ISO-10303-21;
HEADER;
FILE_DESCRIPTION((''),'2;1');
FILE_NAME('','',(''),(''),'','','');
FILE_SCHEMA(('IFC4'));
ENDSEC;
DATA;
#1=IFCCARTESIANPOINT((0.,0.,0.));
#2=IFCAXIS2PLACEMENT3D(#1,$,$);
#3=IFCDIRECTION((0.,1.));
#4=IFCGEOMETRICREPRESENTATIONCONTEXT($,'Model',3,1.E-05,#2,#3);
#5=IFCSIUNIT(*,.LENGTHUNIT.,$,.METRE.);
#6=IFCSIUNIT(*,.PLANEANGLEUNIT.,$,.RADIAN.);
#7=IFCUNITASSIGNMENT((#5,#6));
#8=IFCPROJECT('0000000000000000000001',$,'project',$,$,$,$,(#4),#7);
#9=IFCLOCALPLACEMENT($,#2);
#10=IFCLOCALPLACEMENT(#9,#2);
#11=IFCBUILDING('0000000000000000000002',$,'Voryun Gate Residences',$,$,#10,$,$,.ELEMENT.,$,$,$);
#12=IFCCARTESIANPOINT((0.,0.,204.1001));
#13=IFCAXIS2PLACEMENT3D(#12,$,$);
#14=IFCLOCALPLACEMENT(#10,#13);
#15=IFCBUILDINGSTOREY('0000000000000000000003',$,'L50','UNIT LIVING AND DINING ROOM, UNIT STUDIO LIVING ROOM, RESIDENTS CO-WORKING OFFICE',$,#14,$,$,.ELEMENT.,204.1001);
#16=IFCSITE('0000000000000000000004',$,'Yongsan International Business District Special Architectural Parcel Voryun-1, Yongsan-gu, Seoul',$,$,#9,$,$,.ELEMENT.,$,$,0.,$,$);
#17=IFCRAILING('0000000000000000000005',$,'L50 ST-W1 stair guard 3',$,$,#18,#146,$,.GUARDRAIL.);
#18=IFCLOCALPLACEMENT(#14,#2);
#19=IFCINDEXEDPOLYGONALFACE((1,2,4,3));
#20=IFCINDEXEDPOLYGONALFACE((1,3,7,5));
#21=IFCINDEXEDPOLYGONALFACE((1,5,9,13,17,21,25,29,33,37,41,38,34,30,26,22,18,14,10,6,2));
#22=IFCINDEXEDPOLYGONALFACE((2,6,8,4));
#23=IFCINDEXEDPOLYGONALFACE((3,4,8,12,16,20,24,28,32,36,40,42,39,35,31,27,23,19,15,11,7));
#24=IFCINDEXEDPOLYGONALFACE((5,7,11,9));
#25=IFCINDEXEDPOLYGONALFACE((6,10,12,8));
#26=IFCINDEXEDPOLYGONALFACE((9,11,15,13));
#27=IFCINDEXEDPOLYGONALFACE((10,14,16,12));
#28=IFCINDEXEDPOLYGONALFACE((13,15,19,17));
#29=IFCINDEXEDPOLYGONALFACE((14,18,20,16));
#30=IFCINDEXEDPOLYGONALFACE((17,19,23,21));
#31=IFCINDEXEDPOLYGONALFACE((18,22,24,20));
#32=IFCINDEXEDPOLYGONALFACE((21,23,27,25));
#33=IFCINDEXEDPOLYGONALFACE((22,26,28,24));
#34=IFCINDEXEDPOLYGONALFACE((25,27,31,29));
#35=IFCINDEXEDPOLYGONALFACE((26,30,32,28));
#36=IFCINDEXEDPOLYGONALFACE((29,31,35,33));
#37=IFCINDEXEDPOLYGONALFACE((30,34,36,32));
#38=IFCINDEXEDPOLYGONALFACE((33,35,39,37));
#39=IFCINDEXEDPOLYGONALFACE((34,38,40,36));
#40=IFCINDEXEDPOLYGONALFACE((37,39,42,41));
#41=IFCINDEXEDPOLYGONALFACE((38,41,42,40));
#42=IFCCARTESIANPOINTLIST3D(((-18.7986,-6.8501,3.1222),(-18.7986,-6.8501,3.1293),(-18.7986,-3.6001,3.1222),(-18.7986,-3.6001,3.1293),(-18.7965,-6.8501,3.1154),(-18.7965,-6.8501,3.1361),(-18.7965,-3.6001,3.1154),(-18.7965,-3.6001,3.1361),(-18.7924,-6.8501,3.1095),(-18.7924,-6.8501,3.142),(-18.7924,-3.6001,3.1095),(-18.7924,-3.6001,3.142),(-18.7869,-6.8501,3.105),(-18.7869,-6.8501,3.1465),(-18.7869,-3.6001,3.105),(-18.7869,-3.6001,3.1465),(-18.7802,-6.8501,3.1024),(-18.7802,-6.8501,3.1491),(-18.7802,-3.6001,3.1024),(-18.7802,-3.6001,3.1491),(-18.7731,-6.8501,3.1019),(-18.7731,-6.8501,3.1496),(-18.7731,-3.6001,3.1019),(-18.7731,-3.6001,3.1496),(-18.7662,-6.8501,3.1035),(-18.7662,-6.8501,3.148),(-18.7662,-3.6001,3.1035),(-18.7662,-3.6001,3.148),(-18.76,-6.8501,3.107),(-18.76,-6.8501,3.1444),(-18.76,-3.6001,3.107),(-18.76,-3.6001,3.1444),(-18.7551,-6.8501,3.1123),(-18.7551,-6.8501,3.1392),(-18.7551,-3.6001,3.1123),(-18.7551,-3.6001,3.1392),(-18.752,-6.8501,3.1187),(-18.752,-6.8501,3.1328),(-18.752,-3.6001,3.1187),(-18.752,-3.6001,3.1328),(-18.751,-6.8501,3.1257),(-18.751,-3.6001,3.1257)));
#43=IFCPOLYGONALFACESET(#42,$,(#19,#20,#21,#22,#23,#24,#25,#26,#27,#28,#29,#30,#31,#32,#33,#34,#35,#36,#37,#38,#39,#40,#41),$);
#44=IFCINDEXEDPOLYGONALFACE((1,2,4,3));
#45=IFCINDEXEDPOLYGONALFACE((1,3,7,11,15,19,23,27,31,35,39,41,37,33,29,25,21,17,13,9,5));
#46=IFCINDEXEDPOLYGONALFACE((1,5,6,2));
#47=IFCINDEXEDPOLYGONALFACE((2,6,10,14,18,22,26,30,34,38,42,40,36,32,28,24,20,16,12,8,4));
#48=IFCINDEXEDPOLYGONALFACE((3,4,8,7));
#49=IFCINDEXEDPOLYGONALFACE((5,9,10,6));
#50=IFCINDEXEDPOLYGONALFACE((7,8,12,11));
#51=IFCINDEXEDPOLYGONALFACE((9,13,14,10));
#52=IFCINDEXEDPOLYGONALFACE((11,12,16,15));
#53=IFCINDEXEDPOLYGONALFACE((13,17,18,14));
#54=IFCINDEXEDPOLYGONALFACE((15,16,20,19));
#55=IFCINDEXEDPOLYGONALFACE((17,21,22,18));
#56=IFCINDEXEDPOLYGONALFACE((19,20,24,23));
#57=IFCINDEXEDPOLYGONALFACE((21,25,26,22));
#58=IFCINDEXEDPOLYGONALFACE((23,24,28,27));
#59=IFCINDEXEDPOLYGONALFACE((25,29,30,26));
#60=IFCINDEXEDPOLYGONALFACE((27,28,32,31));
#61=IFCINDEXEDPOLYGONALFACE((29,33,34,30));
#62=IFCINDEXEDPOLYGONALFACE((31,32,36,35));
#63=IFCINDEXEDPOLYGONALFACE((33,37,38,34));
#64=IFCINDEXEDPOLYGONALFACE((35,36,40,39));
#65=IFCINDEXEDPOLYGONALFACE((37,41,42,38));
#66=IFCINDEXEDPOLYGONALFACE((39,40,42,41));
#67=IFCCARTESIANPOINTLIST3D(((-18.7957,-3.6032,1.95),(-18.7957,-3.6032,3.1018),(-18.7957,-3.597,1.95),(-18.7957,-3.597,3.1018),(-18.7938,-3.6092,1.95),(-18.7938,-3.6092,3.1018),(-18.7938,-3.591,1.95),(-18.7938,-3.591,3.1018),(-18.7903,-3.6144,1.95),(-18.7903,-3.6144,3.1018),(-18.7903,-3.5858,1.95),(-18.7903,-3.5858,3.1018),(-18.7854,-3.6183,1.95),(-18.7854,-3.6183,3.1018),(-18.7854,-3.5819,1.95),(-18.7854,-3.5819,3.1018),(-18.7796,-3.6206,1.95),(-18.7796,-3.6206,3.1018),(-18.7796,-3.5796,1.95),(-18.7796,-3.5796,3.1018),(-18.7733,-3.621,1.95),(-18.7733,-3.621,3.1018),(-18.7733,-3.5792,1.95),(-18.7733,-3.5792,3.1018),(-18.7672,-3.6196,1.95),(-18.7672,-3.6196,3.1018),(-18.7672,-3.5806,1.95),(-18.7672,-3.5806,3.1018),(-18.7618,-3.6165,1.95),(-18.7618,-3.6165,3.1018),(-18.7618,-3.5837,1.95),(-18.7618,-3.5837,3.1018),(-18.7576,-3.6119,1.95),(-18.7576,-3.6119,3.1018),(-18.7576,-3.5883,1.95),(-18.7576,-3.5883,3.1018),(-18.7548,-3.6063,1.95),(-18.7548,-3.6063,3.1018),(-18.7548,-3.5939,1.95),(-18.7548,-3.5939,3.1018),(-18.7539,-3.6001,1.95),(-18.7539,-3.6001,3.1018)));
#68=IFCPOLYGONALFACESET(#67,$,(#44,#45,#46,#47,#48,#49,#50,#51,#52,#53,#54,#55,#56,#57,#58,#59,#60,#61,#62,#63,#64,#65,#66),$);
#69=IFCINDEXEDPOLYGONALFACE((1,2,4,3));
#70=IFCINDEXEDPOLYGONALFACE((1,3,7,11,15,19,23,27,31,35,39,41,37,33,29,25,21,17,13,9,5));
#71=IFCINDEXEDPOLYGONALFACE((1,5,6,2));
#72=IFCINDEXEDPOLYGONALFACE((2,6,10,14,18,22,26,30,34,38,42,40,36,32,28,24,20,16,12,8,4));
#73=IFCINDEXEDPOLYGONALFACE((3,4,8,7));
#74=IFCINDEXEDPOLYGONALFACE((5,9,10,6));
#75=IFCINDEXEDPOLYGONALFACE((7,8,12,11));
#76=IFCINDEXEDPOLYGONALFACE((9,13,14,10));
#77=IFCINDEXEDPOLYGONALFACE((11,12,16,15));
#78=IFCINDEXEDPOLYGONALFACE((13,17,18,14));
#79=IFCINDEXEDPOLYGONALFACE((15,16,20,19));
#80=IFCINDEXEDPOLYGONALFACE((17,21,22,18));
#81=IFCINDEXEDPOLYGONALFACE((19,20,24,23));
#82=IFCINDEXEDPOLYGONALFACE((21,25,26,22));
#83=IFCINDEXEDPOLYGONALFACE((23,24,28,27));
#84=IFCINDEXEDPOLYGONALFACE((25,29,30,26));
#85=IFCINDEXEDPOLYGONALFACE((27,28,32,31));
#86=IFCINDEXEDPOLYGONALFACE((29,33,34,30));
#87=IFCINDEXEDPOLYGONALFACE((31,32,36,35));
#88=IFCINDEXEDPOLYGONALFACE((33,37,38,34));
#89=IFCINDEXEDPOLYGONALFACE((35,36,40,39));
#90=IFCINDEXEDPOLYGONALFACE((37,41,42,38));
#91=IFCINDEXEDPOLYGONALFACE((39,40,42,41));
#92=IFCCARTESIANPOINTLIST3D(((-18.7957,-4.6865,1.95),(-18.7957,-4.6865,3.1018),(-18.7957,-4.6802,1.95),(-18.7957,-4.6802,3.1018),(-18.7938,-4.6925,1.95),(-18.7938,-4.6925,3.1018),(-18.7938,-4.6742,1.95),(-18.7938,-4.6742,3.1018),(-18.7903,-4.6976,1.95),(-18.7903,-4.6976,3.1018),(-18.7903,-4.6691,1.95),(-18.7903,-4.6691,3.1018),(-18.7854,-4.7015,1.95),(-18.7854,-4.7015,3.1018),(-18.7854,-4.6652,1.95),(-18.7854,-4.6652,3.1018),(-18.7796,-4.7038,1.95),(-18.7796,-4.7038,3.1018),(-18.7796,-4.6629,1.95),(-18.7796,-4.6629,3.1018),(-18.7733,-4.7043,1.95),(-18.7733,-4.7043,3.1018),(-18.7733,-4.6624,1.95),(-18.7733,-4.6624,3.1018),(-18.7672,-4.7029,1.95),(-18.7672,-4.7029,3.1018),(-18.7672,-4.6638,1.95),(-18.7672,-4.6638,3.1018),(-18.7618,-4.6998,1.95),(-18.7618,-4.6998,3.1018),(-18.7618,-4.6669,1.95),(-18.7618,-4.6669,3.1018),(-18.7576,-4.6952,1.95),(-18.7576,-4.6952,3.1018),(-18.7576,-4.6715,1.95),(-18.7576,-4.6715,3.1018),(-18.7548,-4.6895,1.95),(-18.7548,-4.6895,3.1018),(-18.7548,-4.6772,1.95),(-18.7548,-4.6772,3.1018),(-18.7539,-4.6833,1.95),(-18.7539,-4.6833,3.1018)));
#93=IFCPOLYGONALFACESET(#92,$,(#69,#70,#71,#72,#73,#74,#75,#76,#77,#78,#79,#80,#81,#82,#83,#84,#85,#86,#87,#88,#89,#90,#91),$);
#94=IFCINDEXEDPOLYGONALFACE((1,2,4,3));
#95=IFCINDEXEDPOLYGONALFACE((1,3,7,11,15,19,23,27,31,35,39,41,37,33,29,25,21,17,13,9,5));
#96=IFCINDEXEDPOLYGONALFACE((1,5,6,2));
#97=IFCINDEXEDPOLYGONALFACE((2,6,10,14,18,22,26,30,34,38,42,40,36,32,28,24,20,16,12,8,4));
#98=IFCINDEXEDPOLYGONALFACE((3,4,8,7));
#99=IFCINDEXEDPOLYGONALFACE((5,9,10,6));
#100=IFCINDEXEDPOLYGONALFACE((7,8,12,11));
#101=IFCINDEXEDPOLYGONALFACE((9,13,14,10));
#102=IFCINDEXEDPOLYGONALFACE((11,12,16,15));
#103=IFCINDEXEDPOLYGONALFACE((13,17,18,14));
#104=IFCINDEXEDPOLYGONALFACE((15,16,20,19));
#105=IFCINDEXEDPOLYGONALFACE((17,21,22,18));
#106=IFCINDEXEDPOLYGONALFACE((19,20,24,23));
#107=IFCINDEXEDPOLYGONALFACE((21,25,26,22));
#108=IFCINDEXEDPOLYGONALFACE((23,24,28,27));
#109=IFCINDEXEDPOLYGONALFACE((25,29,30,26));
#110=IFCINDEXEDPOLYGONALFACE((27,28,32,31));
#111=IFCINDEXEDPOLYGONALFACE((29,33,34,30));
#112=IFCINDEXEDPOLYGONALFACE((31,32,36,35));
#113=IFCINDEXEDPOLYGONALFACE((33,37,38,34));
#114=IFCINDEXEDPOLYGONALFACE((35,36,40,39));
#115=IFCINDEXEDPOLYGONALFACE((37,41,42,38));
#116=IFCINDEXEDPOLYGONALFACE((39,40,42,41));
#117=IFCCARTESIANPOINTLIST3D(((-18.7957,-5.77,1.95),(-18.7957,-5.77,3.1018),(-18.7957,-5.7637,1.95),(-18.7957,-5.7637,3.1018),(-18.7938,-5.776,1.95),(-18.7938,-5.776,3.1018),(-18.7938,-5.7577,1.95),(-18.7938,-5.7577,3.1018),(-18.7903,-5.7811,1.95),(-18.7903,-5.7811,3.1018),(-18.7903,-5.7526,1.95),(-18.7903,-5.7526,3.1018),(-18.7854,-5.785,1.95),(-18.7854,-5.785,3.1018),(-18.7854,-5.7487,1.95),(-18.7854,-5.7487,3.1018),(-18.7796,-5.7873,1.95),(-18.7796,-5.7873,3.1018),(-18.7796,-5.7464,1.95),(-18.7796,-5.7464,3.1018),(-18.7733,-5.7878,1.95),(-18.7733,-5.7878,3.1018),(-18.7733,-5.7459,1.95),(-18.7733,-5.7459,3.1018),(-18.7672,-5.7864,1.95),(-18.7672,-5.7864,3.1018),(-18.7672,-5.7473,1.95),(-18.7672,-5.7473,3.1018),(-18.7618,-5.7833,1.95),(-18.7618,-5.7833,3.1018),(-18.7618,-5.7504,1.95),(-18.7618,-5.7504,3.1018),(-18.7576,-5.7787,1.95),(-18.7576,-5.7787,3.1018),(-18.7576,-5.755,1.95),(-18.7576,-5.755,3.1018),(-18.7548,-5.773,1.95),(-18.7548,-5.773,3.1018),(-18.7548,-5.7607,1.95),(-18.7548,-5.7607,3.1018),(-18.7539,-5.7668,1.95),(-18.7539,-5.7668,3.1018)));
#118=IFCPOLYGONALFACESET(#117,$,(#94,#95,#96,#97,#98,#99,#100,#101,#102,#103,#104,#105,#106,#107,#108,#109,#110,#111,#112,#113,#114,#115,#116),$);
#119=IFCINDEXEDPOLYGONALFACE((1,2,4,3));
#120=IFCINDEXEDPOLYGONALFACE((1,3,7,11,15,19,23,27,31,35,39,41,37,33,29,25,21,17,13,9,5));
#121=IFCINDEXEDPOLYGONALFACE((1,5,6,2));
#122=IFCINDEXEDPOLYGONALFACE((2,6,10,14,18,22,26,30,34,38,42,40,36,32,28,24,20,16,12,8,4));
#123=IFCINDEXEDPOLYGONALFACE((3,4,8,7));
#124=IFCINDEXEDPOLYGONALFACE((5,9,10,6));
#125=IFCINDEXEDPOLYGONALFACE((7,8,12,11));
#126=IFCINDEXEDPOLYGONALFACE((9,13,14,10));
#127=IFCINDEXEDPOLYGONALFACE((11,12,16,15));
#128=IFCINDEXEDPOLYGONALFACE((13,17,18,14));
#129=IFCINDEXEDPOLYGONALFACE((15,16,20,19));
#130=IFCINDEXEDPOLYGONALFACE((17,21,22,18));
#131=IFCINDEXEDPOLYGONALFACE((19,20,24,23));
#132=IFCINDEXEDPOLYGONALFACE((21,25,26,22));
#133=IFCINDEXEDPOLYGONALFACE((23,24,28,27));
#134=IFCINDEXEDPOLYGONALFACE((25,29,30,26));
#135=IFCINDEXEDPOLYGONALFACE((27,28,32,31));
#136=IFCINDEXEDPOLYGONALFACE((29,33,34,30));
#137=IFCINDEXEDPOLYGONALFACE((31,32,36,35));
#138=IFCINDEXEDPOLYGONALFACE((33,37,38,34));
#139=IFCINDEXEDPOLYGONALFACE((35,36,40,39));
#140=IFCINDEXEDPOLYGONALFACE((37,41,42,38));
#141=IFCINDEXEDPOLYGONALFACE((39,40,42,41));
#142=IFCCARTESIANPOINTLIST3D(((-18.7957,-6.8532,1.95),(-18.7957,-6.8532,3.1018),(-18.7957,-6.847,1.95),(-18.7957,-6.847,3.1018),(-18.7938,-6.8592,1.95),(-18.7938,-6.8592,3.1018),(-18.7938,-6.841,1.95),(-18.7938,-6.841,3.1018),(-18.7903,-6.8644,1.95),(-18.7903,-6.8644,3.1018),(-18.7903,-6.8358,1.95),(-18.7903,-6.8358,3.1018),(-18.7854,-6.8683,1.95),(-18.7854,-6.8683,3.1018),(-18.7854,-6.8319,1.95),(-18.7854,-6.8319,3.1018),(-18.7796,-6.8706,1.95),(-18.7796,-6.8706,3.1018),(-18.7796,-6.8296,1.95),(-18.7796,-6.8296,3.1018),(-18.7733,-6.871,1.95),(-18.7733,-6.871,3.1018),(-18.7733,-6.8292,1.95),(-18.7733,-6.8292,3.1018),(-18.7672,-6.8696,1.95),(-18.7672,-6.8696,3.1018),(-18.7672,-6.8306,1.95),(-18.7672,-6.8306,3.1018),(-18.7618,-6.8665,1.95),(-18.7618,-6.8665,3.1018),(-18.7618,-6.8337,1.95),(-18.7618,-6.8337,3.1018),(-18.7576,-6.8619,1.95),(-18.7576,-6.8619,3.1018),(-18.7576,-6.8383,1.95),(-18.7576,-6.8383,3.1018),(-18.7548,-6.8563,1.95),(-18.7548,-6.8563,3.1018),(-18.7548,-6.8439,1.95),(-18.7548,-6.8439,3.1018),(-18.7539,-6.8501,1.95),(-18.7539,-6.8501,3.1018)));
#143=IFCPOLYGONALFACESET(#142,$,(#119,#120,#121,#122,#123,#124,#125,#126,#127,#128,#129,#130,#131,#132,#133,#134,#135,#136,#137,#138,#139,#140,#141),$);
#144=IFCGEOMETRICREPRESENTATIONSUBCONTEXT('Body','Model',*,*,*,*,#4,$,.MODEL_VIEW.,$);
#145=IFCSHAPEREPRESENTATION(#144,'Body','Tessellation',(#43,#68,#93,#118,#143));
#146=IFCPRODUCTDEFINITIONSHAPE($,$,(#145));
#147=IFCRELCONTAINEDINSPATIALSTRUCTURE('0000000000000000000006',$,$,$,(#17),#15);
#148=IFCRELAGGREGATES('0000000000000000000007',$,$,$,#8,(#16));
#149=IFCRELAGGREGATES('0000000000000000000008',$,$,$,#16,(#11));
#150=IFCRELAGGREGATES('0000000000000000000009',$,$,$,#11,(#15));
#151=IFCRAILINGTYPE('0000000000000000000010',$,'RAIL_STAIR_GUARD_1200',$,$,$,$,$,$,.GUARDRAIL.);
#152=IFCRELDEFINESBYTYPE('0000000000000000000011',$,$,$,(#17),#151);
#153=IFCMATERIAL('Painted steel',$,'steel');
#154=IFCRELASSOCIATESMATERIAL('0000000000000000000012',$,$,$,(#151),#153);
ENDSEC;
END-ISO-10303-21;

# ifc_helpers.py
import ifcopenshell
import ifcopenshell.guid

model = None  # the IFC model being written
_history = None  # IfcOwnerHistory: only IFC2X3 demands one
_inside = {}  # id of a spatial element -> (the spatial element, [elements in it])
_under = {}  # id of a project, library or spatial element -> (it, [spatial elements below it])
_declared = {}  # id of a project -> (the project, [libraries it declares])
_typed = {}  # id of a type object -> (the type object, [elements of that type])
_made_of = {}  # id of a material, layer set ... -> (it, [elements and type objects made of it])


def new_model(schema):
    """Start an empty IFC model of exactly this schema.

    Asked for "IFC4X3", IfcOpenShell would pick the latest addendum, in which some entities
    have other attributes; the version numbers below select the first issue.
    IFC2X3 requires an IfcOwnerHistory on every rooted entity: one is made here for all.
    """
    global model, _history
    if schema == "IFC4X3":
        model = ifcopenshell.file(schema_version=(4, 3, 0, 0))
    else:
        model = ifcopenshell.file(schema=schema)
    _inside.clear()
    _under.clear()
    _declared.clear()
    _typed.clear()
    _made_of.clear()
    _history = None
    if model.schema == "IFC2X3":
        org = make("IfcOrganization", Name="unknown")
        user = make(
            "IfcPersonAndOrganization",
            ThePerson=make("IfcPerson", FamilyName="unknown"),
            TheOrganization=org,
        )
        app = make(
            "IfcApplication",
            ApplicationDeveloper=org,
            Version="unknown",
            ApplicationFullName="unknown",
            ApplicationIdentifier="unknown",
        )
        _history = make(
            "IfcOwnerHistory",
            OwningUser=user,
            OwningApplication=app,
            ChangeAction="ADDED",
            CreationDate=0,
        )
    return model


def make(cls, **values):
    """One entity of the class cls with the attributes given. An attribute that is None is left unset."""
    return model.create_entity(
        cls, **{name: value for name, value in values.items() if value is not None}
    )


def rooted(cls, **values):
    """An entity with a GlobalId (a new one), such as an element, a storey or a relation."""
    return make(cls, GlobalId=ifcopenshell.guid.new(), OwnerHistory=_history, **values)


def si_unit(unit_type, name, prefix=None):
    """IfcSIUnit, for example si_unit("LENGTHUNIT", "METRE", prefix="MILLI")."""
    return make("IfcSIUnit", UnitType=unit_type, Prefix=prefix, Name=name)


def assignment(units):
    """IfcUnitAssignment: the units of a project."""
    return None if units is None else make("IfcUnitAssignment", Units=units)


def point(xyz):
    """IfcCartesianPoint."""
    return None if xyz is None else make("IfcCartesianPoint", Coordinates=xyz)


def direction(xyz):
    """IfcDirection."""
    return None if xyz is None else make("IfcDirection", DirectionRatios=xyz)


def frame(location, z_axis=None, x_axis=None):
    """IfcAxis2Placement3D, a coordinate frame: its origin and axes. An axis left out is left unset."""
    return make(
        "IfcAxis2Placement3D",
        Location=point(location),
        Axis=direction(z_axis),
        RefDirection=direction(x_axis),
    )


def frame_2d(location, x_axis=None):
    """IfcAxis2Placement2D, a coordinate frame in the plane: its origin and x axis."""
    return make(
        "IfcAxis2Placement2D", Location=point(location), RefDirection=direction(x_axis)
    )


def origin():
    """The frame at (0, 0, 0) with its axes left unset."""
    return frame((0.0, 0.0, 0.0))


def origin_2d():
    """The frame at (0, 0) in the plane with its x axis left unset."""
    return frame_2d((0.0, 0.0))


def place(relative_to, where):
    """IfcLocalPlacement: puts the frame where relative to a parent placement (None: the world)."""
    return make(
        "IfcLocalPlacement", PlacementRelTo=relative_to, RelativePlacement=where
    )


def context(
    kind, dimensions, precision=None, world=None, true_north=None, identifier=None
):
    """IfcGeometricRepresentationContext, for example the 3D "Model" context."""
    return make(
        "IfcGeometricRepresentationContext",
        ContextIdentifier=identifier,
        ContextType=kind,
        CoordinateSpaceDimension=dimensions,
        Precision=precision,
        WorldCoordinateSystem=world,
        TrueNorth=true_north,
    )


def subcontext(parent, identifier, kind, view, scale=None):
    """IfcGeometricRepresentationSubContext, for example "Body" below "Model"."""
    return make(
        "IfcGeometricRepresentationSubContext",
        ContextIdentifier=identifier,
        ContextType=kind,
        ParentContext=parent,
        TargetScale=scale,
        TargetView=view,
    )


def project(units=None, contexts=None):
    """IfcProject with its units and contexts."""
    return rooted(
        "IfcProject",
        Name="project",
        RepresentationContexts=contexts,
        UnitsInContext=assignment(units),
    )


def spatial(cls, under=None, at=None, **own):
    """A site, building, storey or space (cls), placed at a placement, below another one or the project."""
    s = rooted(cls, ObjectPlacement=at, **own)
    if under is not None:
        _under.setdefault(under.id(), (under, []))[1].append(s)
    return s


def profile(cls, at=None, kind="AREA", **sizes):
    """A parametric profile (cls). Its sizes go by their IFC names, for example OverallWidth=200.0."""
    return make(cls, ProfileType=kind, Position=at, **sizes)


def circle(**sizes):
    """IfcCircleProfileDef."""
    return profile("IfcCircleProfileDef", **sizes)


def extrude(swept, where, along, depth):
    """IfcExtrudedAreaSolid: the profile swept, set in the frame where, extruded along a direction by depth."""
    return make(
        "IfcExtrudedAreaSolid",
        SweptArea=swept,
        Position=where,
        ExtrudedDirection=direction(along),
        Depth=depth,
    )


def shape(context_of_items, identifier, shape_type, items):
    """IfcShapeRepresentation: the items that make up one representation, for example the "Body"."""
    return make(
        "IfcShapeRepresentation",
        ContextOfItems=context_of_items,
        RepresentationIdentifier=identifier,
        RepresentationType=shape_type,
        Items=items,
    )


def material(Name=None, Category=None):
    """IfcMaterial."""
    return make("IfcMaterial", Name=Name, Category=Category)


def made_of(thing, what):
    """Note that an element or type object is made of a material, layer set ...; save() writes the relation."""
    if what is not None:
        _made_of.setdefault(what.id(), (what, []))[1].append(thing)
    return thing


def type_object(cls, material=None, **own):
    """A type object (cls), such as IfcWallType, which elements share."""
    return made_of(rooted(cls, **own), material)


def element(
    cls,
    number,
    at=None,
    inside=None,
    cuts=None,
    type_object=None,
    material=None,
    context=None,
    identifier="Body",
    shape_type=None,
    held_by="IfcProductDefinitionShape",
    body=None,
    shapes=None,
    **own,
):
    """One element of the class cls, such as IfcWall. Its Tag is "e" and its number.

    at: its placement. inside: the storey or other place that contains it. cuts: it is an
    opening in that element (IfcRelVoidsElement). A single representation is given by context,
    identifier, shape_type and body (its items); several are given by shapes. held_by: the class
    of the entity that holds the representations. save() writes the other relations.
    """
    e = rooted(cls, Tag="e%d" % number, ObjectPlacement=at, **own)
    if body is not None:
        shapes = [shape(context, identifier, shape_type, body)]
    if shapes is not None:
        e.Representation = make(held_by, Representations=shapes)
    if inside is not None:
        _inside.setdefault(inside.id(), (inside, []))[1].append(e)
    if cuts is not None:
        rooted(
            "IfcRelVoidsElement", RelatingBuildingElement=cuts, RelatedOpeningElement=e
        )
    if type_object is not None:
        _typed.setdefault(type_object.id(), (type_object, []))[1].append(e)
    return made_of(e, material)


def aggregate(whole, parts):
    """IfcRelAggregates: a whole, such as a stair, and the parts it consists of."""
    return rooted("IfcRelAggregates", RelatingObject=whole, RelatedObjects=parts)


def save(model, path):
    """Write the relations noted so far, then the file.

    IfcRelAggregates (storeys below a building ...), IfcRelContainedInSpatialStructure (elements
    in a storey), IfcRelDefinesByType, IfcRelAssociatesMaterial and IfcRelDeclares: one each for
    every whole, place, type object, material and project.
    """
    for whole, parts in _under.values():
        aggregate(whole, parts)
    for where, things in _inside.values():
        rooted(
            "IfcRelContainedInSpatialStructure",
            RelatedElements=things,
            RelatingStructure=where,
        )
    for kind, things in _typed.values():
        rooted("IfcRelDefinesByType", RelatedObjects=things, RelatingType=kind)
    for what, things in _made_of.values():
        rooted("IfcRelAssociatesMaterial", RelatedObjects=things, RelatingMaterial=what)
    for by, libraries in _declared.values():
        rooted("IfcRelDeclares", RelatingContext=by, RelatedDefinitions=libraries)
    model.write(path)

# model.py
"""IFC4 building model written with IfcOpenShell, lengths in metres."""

from ifc_helpers import new_model, si_unit, direction, frame, origin, origin_2d, place, context, subcontext, project, spatial, circle, extrude, material, type_object, element, save


model = new_model("IFC4")

# Units and contexts
model_context = context("Model", 3, precision=1e-05, world=origin(), true_north=direction((0.0, 1.0)))
body_context = subcontext(model_context, "Body", "Model", "MODEL_VIEW")
ifc_project = project(units=[si_unit("LENGTHUNIT", "METRE"), si_unit("PLANEANGLEUNIT", "RADIAN")], contexts=[model_context])

# Site, building, storey
site_placement = place(None, origin())
site = spatial("IfcSite", under=ifc_project, at=site_placement, Name="Yongsan International Business District Special Architectural Parcel Voryun-1, Yongsan-gu, Seoul", CompositionType="ELEMENT", RefElevation=0.0)
building_placement = place(site_placement, origin())
building = spatial("IfcBuilding", under=site, at=building_placement, Name="Voryun Gate Residences", CompositionType="ELEMENT")
storey_placement = place(building_placement, frame((0.0, 0.0, 204.1001)))
storey = spatial("IfcBuildingStorey", under=building, at=storey_placement, Name="L50", Description="UNIT LIVING AND DINING ROOM, UNIT STUDIO LIVING ROOM, RESIDENTS CO-WORKING OFFICE", CompositionType="ELEMENT", Elevation=204.1001)

# Railing
ifc_material_1 = material(Name="Painted steel", Category="steel")
railing_type_1 = type_object("IfcRailingType", Name="RAIL_STAIR_GUARD_1200", PredefinedType="GUARDRAIL", material=ifc_material_1)
for number, where, name in (
    (1, (-18.7749, -3.6001, 1.95), "L50 ST-W1 stair guard 3"),
):
    element("IfcRailing", number, at=place(storey_placement, frame(where)), inside=storey, type_object=railing_type_1, Name=name, PredefinedType="GUARDRAIL", context=body_context, shape_type="SweptSolid", body=[
        extrude(circle(Radius=0.0239, at=origin_2d()), frame((0.0, 0.0, 1.1758), z_axis=(0.0, -1.0, 0.0), x_axis=(1.0, 0.0, 0.0)), (0.0, 0.0, 1.0), 3.25),
        extrude(circle(Radius=0.021, at=origin_2d()), origin(), (0.0, 0.0, 1.0), 1.1519),
        extrude(circle(Radius=0.021, at=origin_2d()), frame((0.0, -1.0833, 0.0)), (0.0, 0.0, 1.0), 1.1519),
        extrude(circle(Radius=0.021, at=origin_2d()), frame((0.0, -2.1667, 0.0)), (0.0, 0.0, 1.0), 1.1519),
        extrude(circle(Radius=0.021, at=origin_2d()), frame((0.0, -3.25, 0.0)), (0.0, 0.0, 1.0), 1.1519),
    ])

save(model, "model.ifc")
